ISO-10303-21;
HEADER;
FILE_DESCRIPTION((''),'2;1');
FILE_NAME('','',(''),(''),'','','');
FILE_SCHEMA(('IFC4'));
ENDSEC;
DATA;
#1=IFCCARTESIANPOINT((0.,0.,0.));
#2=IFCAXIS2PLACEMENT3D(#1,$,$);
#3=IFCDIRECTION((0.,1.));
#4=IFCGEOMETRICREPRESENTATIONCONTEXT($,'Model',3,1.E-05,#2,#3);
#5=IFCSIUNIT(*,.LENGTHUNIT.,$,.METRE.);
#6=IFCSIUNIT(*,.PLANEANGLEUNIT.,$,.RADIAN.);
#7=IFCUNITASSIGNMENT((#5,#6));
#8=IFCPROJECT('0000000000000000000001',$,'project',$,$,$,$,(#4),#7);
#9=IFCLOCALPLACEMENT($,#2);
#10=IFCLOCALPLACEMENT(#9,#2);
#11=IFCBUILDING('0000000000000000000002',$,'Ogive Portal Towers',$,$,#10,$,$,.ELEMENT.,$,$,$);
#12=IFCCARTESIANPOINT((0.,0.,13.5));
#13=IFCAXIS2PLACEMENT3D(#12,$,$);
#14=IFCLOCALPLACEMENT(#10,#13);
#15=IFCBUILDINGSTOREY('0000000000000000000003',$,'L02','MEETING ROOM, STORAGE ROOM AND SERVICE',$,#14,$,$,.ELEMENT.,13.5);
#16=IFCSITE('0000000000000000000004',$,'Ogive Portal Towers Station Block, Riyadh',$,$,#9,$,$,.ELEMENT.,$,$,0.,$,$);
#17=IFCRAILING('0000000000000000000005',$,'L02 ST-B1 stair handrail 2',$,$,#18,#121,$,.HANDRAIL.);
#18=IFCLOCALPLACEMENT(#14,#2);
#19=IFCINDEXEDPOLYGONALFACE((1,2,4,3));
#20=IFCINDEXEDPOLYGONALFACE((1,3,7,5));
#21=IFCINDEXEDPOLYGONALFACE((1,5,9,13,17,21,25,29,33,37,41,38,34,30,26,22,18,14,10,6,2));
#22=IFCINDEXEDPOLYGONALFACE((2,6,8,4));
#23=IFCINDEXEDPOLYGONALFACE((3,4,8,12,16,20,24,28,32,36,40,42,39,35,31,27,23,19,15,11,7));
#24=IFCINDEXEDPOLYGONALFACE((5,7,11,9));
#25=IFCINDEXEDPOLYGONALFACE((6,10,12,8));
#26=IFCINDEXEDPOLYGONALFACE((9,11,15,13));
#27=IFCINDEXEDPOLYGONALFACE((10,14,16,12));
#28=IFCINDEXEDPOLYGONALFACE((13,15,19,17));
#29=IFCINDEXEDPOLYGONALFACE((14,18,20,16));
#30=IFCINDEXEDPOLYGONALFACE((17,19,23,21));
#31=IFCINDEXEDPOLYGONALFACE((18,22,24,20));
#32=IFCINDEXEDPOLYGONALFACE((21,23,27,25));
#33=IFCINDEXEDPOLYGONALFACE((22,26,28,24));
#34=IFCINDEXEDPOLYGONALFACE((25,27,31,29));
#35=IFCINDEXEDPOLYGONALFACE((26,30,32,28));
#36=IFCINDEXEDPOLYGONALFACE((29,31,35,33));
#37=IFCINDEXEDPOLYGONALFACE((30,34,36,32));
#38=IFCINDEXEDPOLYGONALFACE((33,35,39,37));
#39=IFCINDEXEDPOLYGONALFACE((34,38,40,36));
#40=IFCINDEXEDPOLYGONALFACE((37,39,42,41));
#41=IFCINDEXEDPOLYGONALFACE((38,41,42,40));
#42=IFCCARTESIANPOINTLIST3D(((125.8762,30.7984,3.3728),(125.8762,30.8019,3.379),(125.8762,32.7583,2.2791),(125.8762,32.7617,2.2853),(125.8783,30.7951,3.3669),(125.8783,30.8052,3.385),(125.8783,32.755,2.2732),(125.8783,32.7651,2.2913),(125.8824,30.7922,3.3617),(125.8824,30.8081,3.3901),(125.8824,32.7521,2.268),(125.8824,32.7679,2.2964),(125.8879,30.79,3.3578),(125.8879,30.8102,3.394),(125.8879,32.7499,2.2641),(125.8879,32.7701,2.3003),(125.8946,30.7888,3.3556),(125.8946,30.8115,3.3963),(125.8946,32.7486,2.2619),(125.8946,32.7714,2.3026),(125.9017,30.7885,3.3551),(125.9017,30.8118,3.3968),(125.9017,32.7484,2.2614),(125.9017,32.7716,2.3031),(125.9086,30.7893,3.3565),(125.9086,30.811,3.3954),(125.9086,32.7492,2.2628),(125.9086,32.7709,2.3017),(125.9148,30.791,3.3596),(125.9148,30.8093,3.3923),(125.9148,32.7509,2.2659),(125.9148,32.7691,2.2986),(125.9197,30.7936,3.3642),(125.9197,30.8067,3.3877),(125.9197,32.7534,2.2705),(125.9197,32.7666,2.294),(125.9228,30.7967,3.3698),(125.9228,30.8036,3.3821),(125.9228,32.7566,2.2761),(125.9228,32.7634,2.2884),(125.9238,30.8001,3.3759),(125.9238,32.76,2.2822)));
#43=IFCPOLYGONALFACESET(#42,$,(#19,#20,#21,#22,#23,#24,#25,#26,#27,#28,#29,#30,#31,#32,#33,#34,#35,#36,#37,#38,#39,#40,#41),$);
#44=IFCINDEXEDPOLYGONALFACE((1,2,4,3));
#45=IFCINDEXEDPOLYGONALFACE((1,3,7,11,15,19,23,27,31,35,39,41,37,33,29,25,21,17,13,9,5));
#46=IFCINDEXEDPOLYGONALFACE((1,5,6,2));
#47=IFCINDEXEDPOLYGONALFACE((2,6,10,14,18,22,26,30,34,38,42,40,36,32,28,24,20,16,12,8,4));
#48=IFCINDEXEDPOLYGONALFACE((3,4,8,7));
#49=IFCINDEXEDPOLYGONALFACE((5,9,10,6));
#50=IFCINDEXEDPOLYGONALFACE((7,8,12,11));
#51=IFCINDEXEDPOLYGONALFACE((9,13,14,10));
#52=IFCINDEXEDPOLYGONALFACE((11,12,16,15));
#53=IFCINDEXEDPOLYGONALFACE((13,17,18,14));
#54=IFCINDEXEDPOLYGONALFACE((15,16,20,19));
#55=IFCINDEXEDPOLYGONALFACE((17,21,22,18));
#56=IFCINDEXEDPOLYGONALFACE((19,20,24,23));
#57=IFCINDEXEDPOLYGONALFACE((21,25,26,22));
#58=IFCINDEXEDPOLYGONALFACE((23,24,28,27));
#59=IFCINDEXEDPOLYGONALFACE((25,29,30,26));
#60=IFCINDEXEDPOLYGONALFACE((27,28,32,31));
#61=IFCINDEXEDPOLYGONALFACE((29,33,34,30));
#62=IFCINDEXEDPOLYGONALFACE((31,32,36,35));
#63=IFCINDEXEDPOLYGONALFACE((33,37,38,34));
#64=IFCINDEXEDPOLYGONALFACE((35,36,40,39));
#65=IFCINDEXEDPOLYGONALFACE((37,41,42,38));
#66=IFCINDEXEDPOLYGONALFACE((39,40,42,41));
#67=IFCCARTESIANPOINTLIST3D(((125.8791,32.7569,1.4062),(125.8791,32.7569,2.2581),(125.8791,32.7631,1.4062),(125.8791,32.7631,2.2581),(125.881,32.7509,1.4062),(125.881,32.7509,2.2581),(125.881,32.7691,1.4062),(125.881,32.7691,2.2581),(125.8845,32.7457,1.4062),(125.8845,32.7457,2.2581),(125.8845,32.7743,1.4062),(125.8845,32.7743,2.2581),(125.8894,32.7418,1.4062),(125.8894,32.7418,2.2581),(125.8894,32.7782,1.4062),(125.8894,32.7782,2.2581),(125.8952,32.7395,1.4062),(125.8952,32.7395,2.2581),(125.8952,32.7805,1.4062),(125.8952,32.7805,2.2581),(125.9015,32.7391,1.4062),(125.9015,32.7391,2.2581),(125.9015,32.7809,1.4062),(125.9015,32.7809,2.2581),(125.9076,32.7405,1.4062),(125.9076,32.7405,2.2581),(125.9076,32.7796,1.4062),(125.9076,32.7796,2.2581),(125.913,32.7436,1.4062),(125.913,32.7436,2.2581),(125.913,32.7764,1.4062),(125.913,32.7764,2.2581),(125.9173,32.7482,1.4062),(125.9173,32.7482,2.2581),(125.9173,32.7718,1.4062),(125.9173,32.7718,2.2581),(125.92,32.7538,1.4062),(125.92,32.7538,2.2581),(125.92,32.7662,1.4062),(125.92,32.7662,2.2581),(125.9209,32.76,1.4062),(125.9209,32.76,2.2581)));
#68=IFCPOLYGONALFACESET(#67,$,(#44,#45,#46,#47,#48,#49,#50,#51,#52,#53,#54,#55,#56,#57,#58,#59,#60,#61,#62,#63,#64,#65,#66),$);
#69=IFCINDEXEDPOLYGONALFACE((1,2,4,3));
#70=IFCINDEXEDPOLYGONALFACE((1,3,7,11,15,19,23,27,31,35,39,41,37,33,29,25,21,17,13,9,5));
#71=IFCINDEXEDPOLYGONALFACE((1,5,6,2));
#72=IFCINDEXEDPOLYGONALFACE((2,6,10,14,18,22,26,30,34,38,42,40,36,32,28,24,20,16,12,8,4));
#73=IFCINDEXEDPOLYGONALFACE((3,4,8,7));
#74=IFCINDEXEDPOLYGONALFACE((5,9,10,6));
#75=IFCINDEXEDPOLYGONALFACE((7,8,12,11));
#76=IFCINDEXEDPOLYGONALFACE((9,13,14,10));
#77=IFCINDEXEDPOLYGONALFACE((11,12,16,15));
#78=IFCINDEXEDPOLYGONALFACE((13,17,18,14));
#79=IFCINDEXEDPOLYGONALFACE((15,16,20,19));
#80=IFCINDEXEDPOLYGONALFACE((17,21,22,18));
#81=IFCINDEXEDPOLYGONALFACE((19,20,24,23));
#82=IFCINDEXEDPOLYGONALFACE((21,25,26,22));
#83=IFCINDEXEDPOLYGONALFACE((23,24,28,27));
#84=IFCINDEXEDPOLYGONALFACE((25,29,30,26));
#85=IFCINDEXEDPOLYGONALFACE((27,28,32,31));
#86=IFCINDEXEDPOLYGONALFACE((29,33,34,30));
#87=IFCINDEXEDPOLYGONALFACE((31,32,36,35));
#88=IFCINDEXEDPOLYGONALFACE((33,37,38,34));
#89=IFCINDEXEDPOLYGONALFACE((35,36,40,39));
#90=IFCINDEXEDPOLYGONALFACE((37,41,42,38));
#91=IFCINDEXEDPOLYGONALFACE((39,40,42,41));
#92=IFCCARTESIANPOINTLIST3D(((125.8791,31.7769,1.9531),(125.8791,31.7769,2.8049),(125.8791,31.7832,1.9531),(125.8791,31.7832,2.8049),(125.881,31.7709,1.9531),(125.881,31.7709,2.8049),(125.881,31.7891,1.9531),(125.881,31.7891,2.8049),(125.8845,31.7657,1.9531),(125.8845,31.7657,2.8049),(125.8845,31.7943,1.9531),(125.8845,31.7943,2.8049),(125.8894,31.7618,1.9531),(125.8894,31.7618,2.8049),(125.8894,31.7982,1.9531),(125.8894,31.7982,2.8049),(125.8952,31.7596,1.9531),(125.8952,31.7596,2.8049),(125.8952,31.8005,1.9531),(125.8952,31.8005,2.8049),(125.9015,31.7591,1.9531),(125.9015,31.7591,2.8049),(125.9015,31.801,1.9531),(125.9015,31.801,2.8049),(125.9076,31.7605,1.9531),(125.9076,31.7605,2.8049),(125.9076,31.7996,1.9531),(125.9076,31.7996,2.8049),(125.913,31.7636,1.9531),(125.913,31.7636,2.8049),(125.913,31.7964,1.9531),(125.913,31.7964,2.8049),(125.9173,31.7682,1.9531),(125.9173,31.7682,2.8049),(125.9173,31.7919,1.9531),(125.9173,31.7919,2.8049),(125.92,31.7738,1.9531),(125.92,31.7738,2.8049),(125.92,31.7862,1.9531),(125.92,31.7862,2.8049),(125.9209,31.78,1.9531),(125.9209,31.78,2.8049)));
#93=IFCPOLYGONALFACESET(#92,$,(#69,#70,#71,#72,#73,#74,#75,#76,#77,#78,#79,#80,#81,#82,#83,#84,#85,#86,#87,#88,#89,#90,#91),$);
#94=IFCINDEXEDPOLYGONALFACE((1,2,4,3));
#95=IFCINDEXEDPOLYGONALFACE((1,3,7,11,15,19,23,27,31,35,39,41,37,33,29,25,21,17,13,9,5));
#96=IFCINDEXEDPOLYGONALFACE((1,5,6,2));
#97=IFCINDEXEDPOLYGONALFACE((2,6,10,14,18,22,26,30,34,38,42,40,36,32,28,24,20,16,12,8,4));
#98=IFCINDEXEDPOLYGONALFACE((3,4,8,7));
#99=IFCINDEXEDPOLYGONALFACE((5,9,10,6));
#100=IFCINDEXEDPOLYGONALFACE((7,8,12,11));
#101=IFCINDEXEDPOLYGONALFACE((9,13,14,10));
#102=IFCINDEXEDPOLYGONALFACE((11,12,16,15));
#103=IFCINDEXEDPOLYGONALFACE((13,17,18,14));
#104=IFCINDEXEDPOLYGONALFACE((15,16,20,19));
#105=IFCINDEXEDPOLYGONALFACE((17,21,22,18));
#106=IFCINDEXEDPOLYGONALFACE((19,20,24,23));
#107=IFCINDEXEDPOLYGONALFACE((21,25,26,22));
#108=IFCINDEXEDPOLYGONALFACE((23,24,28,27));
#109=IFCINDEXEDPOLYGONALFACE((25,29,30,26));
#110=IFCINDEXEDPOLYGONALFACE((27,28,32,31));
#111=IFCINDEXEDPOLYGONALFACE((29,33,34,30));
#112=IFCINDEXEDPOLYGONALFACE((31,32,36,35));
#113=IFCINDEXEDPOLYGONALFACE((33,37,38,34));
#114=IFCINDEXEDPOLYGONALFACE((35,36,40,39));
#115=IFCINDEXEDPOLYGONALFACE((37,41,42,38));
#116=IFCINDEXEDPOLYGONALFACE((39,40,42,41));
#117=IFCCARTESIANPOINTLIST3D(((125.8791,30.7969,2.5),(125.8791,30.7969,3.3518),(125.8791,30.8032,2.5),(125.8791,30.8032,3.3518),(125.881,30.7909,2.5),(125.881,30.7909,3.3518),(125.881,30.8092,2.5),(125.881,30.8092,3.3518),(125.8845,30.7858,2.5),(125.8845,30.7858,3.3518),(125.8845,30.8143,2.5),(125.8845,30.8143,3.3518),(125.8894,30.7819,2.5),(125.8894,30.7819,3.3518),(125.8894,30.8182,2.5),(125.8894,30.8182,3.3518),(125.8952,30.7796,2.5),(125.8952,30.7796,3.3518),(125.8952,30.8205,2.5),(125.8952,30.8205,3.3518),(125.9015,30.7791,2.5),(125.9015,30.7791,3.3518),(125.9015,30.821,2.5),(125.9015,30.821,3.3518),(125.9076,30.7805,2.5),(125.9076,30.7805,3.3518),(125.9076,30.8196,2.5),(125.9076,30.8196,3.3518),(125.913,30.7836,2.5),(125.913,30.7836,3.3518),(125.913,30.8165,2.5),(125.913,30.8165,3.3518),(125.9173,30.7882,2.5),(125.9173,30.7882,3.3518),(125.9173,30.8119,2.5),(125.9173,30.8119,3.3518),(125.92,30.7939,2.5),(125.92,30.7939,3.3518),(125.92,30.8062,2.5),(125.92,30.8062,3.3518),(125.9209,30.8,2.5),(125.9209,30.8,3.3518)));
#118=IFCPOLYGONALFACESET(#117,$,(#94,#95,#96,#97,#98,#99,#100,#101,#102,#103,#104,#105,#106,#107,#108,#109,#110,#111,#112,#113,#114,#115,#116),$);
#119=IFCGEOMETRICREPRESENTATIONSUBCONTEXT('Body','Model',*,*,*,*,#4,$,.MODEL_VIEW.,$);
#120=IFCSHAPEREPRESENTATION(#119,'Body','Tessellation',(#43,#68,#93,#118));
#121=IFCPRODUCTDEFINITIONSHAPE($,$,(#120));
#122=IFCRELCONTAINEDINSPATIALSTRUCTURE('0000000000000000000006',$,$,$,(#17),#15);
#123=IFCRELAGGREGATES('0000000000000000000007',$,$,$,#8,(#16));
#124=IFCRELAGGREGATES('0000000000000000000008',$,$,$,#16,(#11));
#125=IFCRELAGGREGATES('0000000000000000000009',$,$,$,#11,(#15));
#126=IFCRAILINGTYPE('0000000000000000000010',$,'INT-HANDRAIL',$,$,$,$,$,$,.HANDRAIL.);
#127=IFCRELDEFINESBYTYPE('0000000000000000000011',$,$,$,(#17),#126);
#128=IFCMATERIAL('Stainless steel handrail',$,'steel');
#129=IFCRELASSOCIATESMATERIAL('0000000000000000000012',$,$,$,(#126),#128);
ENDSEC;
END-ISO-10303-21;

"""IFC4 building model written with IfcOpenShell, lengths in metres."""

from ifc_helpers import new_model, si_unit, direction, frame, origin, origin_2d, place, context, subcontext, project, spatial, circle, extrude, material, type_object, element, save


model = new_model("IFC4")

# Units and contexts
model_context = context("Model", 3, precision=1e-05, world=origin(), true_north=direction((0.0, 1.0)))
body_context = subcontext(model_context, "Body", "Model", "MODEL_VIEW")
ifc_project = project(units=[si_unit("LENGTHUNIT", "METRE"), si_unit("PLANEANGLEUNIT", "RADIAN")], contexts=[model_context])

# Site, building, storey
site_placement = place(None, origin())
site = spatial("IfcSite", under=ifc_project, at=site_placement, Name="Ogive Portal Towers Station Block, Riyadh", CompositionType="ELEMENT", RefElevation=0.0)
building_placement = place(site_placement, origin())
building = spatial("IfcBuilding", under=site, at=building_placement, Name="Ogive Portal Towers", CompositionType="ELEMENT")
storey_placement = place(building_placement, frame((0.0, 0.0, 13.5)))
storey = spatial("IfcBuildingStorey", under=building, at=storey_placement, Name="L02", Description="MEETING ROOM, STORAGE ROOM AND SERVICE", CompositionType="ELEMENT", Elevation=13.5)

# Railing
ifc_material_1 = material(Name="Stainless steel handrail", Category="steel")
railing_type_1 = type_object("IfcRailingType", Name="INT-HANDRAIL", PredefinedType="HANDRAIL", material=ifc_material_1)
railing_1_placement = place(storey_placement, frame((125.8999, 32.76, 1.4062)))
element("IfcRailing", 1, at=railing_1_placement, inside=storey, type_object=railing_type_1, Name="L02 ST-B1 stair handrail 2", PredefinedType="HANDRAIL", context=body_context, shape_type="SweptSolid", body=[
    extrude(circle(Radius=0.0239, at=origin_2d()), frame((0.0, 0.0, 0.876), z_axis=(0.0, -0.873232, 0.487304), x_axis=(1.0, 0.0, 0.0)), (0.0, 0.0, 1.0), 2.2444),
    extrude(circle(Radius=0.021, at=origin_2d()), origin(), (0.0, 0.0, 1.0), 0.8518),
    extrude(circle(Radius=0.021, at=origin_2d()), frame((0.0, -0.98, 0.5469)), (0.0, 0.0, 1.0), 0.8518),
    extrude(circle(Radius=0.021, at=origin_2d()), frame((0.0, -1.96, 1.0938)), (0.0, 0.0, 1.0), 0.8518),
])

save(model, "model.ifc")
